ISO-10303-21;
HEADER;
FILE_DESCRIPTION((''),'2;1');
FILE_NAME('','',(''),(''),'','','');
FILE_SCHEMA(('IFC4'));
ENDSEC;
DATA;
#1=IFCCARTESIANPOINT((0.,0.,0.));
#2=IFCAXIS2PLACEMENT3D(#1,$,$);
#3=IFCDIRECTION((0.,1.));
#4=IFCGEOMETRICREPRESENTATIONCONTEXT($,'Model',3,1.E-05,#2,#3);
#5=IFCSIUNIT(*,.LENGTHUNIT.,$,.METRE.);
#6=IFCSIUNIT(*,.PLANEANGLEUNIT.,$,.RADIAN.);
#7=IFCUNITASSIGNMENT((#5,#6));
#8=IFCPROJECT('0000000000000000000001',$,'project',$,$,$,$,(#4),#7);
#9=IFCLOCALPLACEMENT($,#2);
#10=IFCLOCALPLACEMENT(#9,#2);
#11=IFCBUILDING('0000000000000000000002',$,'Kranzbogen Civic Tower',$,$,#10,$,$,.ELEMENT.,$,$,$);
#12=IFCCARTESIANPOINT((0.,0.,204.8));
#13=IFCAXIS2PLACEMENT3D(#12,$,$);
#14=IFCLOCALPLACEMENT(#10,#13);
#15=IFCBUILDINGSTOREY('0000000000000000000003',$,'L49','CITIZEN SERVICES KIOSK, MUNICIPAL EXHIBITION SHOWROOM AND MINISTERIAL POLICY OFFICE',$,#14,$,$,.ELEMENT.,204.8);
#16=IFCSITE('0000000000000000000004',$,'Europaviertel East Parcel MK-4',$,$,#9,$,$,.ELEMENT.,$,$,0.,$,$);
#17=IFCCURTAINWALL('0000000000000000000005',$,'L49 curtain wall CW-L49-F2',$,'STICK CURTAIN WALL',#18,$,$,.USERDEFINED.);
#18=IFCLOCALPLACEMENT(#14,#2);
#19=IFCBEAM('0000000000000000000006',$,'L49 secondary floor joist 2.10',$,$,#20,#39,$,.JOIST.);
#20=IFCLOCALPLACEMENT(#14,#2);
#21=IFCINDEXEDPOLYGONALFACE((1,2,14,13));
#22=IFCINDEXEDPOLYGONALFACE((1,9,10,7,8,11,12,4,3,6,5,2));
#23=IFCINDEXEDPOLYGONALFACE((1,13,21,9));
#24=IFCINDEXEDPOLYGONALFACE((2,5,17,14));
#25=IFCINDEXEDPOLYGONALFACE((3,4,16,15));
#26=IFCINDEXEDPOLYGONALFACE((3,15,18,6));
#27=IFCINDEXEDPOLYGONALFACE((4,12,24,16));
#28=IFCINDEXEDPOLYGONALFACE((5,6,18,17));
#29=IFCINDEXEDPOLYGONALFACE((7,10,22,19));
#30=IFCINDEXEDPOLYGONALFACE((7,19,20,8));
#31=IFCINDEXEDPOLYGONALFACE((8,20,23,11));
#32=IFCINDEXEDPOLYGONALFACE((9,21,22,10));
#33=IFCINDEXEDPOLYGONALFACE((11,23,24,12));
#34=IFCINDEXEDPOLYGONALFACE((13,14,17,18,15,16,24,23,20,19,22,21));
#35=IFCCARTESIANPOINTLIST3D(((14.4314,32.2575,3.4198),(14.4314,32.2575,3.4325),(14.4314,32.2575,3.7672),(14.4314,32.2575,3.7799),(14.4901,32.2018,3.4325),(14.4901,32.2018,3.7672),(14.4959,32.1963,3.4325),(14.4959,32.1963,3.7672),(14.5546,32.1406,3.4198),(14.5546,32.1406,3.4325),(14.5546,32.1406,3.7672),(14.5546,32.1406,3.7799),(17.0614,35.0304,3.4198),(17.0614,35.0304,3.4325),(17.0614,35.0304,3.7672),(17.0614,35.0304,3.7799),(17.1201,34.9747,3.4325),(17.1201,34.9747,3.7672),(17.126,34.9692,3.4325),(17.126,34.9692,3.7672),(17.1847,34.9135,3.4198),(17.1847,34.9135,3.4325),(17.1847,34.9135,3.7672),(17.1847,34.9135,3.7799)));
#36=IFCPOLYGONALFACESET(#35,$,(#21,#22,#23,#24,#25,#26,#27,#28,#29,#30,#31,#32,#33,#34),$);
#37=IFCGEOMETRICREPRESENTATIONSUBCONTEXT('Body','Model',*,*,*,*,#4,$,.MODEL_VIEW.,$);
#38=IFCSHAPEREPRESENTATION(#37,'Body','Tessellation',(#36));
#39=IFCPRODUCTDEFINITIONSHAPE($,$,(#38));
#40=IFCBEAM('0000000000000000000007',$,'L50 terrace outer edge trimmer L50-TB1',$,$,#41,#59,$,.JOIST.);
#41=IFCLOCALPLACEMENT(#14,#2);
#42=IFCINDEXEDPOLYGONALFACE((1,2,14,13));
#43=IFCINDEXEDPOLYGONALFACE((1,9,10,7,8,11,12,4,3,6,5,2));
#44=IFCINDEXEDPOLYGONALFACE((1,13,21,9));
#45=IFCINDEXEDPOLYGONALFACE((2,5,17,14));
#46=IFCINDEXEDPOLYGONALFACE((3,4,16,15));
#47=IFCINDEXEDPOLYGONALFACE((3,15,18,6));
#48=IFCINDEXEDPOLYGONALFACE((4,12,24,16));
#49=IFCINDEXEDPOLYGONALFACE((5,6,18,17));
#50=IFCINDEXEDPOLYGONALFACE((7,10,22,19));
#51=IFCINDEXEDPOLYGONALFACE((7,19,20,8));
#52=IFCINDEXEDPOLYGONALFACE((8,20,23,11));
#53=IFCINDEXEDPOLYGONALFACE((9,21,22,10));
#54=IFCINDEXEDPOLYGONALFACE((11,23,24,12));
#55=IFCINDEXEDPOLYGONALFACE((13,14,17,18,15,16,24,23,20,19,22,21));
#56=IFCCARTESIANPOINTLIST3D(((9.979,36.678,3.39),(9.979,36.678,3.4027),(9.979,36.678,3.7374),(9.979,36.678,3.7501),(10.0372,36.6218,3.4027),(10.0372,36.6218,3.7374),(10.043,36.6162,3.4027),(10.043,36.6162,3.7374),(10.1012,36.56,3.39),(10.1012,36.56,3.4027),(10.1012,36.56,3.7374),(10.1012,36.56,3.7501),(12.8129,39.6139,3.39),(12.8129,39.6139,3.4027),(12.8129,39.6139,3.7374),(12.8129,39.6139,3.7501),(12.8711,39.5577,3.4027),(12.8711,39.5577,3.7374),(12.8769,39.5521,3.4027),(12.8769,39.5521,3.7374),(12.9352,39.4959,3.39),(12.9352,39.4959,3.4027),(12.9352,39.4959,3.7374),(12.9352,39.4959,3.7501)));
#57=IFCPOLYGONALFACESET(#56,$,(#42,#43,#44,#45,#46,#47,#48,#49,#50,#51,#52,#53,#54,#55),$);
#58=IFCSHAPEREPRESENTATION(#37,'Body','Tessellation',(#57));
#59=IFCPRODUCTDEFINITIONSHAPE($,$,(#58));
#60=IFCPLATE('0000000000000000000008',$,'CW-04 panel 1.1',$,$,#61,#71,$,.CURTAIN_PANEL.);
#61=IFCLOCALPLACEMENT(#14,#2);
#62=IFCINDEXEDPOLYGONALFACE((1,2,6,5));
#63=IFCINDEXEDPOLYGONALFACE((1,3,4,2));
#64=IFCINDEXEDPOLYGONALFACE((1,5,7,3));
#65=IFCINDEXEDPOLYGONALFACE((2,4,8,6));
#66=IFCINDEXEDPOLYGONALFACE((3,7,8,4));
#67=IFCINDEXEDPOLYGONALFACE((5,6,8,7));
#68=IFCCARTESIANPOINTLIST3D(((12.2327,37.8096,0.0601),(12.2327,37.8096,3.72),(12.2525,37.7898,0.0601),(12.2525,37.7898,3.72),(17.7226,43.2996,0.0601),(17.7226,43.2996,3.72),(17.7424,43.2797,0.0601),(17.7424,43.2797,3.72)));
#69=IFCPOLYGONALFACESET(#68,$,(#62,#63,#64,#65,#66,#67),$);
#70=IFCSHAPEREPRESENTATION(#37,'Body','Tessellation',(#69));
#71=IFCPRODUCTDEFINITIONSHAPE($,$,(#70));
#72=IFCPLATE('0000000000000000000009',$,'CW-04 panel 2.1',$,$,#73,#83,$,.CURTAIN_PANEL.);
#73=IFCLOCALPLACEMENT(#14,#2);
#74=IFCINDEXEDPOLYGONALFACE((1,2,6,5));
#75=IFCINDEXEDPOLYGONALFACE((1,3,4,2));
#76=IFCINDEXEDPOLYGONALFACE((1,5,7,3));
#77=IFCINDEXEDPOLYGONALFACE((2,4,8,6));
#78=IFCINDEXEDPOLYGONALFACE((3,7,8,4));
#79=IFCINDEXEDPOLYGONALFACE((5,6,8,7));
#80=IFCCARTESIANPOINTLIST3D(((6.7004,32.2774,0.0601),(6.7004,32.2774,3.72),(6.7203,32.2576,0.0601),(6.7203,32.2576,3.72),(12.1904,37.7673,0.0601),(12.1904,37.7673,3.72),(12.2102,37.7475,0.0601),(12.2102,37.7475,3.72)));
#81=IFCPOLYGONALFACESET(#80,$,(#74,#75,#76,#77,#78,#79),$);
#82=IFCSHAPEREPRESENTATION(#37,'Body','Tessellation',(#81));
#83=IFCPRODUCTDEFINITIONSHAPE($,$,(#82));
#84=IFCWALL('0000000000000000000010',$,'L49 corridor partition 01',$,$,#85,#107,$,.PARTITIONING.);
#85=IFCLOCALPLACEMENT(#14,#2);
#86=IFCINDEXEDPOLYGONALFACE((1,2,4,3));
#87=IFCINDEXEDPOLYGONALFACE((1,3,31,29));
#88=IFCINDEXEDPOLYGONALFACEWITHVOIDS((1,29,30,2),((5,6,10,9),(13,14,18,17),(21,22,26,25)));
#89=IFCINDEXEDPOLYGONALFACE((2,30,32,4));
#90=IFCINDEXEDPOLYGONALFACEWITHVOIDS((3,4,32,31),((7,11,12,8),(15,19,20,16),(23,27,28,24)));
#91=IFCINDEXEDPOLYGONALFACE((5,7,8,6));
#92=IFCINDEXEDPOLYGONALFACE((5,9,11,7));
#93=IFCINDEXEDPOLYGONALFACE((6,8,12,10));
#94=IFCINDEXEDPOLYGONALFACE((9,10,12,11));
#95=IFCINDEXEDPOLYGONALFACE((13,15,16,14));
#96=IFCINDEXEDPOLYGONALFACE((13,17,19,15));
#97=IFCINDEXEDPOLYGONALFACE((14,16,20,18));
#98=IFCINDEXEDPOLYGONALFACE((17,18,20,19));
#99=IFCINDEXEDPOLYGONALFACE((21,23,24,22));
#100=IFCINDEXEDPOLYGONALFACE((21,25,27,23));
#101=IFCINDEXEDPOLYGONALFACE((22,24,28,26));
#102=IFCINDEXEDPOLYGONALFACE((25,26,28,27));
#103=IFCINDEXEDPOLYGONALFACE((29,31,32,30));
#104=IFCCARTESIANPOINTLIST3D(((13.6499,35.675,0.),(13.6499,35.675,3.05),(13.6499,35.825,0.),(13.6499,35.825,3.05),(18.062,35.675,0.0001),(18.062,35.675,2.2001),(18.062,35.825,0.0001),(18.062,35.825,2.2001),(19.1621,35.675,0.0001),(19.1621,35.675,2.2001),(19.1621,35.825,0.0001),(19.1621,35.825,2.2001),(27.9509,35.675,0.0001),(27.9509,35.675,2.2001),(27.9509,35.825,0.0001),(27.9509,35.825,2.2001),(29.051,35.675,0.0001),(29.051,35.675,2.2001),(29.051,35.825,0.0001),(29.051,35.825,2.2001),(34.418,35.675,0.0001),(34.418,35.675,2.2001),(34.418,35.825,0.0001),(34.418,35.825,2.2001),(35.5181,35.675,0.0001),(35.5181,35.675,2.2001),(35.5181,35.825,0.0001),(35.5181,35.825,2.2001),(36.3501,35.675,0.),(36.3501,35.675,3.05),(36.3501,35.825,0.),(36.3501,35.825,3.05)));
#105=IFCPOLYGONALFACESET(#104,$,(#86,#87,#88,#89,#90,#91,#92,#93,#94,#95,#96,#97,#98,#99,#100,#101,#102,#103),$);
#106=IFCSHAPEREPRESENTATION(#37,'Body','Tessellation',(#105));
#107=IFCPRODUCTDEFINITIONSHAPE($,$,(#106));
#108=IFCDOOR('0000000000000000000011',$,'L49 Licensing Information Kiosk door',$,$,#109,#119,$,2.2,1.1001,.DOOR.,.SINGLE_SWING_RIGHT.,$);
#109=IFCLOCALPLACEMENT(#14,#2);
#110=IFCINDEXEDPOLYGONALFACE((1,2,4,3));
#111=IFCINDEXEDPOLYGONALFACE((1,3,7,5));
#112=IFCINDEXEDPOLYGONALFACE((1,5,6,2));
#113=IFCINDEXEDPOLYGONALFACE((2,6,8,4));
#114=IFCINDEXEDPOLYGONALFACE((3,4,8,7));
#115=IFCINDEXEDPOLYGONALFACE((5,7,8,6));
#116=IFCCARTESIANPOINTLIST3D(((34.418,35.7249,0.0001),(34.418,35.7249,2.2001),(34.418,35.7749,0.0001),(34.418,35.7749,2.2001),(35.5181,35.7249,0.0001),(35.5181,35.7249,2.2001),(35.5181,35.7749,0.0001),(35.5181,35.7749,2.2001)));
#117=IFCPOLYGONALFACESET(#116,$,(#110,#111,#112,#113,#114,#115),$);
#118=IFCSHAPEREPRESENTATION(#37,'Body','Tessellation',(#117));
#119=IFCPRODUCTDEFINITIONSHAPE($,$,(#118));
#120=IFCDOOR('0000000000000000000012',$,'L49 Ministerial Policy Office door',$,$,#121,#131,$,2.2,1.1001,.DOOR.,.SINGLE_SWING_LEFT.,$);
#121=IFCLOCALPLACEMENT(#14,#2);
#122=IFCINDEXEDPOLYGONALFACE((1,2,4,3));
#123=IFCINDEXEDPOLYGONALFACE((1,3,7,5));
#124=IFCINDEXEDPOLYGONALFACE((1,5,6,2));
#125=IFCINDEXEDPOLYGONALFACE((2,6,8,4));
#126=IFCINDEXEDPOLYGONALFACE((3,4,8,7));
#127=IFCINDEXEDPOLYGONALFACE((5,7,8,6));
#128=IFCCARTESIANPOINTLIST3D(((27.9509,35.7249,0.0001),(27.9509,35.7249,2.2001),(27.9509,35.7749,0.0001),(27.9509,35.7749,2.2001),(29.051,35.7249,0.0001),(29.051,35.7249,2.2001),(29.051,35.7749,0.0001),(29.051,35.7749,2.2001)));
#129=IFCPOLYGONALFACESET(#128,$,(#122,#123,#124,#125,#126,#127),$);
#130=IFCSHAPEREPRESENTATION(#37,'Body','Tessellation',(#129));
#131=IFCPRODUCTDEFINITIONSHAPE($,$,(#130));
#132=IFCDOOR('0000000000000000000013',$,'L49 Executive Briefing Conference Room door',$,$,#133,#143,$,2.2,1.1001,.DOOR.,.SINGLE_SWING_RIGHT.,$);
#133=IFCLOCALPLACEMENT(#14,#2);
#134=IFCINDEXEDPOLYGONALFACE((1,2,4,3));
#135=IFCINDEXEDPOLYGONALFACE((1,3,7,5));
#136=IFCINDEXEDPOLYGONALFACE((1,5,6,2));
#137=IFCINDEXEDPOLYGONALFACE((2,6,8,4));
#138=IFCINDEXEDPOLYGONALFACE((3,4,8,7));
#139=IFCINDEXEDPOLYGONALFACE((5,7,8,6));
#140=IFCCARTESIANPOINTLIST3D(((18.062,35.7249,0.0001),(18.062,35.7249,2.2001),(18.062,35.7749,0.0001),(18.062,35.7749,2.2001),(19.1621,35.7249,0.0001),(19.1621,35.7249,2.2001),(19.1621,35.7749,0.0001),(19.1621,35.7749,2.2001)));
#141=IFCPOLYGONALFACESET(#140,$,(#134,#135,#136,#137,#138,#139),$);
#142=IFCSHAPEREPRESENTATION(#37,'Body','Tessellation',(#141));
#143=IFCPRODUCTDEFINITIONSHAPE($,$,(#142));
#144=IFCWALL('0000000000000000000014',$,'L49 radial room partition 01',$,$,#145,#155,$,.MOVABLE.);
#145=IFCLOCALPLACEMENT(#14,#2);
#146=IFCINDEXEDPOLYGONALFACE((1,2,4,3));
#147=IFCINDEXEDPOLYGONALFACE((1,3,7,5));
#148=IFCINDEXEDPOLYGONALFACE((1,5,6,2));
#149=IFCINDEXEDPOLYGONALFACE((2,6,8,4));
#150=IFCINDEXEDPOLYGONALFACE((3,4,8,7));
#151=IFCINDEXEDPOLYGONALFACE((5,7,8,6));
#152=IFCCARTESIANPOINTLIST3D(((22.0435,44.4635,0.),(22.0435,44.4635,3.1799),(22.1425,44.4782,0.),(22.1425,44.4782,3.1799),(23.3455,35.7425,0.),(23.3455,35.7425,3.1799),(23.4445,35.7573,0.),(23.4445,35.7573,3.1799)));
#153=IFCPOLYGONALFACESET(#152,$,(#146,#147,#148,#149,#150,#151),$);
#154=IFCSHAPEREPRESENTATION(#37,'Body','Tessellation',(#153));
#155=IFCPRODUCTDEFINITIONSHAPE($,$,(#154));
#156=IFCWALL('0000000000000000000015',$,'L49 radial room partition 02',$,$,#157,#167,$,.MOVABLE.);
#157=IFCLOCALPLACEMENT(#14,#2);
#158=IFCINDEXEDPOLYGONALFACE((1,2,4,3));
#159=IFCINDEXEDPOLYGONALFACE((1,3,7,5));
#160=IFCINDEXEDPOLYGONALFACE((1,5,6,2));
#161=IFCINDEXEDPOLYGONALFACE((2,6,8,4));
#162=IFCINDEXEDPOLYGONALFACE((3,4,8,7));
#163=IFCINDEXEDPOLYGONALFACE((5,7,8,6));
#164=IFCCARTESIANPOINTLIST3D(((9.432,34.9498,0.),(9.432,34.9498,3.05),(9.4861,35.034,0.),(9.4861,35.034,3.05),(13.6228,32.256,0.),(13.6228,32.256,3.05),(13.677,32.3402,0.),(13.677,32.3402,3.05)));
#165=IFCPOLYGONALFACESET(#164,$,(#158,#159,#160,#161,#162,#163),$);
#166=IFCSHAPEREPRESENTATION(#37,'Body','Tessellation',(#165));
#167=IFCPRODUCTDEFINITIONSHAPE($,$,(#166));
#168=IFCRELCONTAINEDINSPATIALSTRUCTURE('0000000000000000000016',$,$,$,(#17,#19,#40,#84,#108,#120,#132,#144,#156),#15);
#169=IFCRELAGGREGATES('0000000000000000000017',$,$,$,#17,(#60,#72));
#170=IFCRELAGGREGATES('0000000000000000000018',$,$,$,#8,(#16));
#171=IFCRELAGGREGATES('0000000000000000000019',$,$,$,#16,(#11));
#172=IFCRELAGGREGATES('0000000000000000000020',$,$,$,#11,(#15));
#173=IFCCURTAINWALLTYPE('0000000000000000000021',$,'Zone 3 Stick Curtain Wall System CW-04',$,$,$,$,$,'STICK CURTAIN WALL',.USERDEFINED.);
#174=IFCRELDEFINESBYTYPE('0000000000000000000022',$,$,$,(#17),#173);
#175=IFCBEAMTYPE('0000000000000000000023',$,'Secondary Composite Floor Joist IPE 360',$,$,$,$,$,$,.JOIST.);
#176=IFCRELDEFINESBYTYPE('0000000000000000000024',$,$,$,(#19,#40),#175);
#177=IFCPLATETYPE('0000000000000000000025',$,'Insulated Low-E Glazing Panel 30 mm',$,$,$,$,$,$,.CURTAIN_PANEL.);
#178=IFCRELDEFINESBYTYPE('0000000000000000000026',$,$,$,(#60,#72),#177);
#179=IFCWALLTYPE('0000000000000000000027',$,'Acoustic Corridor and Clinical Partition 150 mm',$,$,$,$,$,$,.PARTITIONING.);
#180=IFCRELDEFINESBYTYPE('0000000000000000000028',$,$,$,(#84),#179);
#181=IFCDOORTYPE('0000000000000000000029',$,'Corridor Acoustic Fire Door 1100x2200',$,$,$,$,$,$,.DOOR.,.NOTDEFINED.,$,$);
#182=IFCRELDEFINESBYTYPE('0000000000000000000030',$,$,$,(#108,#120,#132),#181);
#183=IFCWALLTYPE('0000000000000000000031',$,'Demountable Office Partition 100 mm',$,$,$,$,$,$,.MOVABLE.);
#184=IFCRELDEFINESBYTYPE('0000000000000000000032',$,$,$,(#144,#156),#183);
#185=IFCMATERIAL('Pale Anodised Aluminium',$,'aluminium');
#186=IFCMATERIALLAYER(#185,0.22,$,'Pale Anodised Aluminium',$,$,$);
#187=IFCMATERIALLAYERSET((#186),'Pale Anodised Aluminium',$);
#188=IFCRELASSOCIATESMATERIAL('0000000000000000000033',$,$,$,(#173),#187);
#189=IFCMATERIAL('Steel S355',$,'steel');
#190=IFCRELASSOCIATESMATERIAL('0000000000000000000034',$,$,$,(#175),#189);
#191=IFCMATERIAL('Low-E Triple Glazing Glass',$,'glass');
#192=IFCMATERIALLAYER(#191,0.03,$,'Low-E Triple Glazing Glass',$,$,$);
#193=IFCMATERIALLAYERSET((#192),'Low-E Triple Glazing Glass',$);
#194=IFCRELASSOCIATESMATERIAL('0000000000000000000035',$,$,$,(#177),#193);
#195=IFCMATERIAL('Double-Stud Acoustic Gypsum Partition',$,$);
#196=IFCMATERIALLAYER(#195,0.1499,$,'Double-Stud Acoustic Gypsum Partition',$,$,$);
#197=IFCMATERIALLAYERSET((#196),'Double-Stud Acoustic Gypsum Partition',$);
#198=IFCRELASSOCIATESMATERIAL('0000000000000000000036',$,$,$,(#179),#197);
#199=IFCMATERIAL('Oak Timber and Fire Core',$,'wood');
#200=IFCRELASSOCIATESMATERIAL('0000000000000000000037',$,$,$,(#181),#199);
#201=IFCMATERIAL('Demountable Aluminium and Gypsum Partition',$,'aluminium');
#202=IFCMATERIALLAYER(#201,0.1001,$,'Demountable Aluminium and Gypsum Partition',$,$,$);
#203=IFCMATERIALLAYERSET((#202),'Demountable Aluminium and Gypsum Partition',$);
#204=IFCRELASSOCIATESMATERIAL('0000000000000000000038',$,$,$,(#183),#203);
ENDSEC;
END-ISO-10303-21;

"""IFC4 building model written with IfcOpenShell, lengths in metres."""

from ifc_helpers import new_model, si_unit, direction, frame, frame_2d, origin, origin_2d, place, context, subcontext, project, spatial, rectangle, i_section, extrude, material, layer, layer_set, material_profile, profile_set, type_object, element, fill, aggregate, save


model = new_model("IFC4")

# Units and contexts
model_context = context("Model", 3, precision=1e-05, world=origin(), true_north=direction((0.0, 1.0)))
body_context = subcontext(model_context, "Body", "Model", "MODEL_VIEW")
ifc_project = project(units=[si_unit("LENGTHUNIT", "METRE"), si_unit("PLANEANGLEUNIT", "RADIAN")], contexts=[model_context])

# Site, building, storey
site_placement = place(None, origin())
site = spatial("IfcSite", under=ifc_project, at=site_placement, Name="Europaviertel East Parcel MK-4", CompositionType="ELEMENT", RefElevation=0.0)
building_placement = place(site_placement, origin())
building = spatial("IfcBuilding", under=site, at=building_placement, Name="Kranzbogen Civic Tower", CompositionType="ELEMENT")
storey_placement = place(building_placement, frame((0.0, 0.0, 204.8)))
storey = spatial("IfcBuildingStorey", under=building, at=storey_placement, Name="L49", Description="CITIZEN SERVICES KIOSK, MUNICIPAL EXHIBITION SHOWROOM AND MINISTERIAL POLICY OFFICE", CompositionType="ELEMENT", Elevation=204.8)

# Shared definitions
ifc_material_1 = material(Name="Steel S355", Category="steel")

# Shared definitions
ifc_material_2 = material(Name="Pale Anodised Aluminium", Category="aluminium")
ifc_layer_1 = layer(ifc_material_2, 0.22, Name="Pale Anodised Aluminium")
ifc_layer_set_1 = layer_set([ifc_layer_1], Name="Pale Anodised Aluminium")
curtain_wall_type = type_object("IfcCurtainWallType", Name="Zone 3 Stick Curtain Wall System CW-04", ElementType="STICK CURTAIN WALL", PredefinedType="USERDEFINED", material=ifc_layer_set_1)

# Curtain wall
curtain_wall_1_placement = place(storey_placement, origin())
curtain_wall_1 = element("IfcCurtainWall", 1, at=curtain_wall_1_placement, inside=storey, type_object=curtain_wall_type, Name="L49 curtain wall CW-L49-F2", ObjectType="STICK CURTAIN WALL", PredefinedType="USERDEFINED")

# Beams
ifc_material_profile_1 = material_profile(ifc_material_1, i_section(OverallWidth=0.1699, OverallDepth=0.3601, WebThickness=0.0081, FlangeThickness=0.0127, at=origin_2d()), Name="IPE 360")
ifc_profile_set_1 = profile_set([ifc_material_profile_1], Name="Steel S355")
beam_type_1 = type_object("IfcBeamType", Name="Secondary Composite Floor Joist IPE 360", PredefinedType="JOIST", material=ifc_profile_set_1)
beam_1_placement = place(storey_placement, frame((17.123, 34.9719, 3.5999), z_axis=(-0.688175, -0.725545, 0.0), x_axis=(0.725545, -0.688175, 0.0)))
element("IfcBeam", 2, at=beam_1_placement, inside=storey, type_object=beam_type_1, Name="L49 secondary floor joist 2.10", PredefinedType="JOIST", context=body_context, shape_type="SweptSolid", body=[
    extrude(i_section(OverallWidth=0.1699, OverallDepth=0.3601, WebThickness=0.0081, FlangeThickness=0.0127, at=origin_2d()), origin(), (0.0, 0.0, 1.0), 3.8218),
])
beam_2_placement = place(storey_placement, frame((12.874, 39.5549, 3.5701), z_axis=(-0.694492, -0.7195, 0.0), x_axis=(0.7195, -0.694492, 0.0)))
element("IfcBeam", 3, at=beam_2_placement, inside=storey, type_object=beam_type_1, Name="L50 terrace outer edge trimmer L50-TB1", PredefinedType="JOIST", context=body_context, shape_type="SweptSolid", body=[
    extrude(i_section(OverallWidth=0.1699, OverallDepth=0.3601, WebThickness=0.0081, FlangeThickness=0.0127, at=origin_2d()), origin(), (0.0, 0.0, 1.0), 4.0806),
])

# Plates
ifc_material_3 = material(Name="Low-E Triple Glazing Glass", Category="glass")
ifc_layer_2 = layer(ifc_material_3, 0.03, Name="Low-E Triple Glazing Glass")
ifc_layer_set_2 = layer_set([ifc_layer_2], Name="Low-E Triple Glazing Glass")
plate_type = type_object("IfcPlateType", Name="Insulated Low-E Glazing Panel 30 mm", PredefinedType="CURTAIN_PANEL", material=ifc_layer_set_2)
plate_1_placement = place(storey_placement, frame((14.9875, 40.5447, 0.0601), z_axis=(0.0, 0.0, 1.0), x_axis=(-0.707107, -0.707107, 0.0)))
plate_1 = element("IfcPlate", 4, at=plate_1_placement, type_object=plate_type, Name="CW-04 panel 1.1", PredefinedType="CURTAIN_PANEL", context=body_context, shape_type="SweptSolid", body=[
    extrude(rectangle(XDim=7.7639, YDim=0.0281, at=origin_2d()), origin(), (0.0, 0.0, 1.0), 3.6599),
])
plate_2_placement = place(storey_placement, frame((9.4553, 35.0125, 0.0601), z_axis=(0.0, 0.0, 1.0), x_axis=(-0.707107, -0.707107, 0.0)))
plate_2 = element("IfcPlate", 5, at=plate_2_placement, type_object=plate_type, Name="CW-04 panel 2.1", PredefinedType="CURTAIN_PANEL", context=body_context, shape_type="SweptSolid", body=[
    extrude(rectangle(XDim=7.7639, YDim=0.0281, at=origin_2d()), origin(), (0.0, 0.0, 1.0), 3.6599),
])
aggregate(curtain_wall_1, [plate_1, plate_2])

# Wall, openings, doors
ifc_material_4 = material(Name="Double-Stud Acoustic Gypsum Partition")
ifc_layer_3 = layer(ifc_material_4, 0.1499, Name="Double-Stud Acoustic Gypsum Partition")
ifc_layer_set_3 = layer_set([ifc_layer_3], Name="Double-Stud Acoustic Gypsum Partition")
wall_type_1 = type_object("IfcWallType", Name="Acoustic Corridor and Clinical Partition 150 mm", PredefinedType="PARTITIONING", material=ifc_layer_set_3)
wall_1_placement = place(storey_placement, frame((13.6499, 35.75, 0.0), z_axis=(0.0, 0.0, 1.0), x_axis=(1.0, 0.0, 0.0)))
wall_1 = element("IfcWall", 6, at=wall_1_placement, inside=storey, type_object=wall_type_1, Name="L49 corridor partition 01", PredefinedType="PARTITIONING", context=body_context, shape_type="SweptSolid", body=[
    extrude(rectangle(XDim=22.7002, YDim=0.1499, at=frame_2d((11.3501, 0.0))), origin(), (0.0, 0.0, 1.0), 3.05),
])
opening_1_placement = place(wall_1_placement, frame((20.7681, 0.0, 0.0)))
opening_1 = element("IfcOpeningElement", 7, at=opening_1_placement, cuts=wall_1, PredefinedType="OPENING", context=body_context, shape_type="SweptSolid", body=[
    extrude(rectangle(XDim=1.1001, YDim=2.2, at=frame_2d((0.55, 1.1001))), frame((0.0, 0.085, 0.0), z_axis=(0.0, -1.0, 0.0), x_axis=(1.0, 0.0, 0.0)), (0.0, 0.0, 1.0), 0.1699),
])
opening_2_placement = place(wall_1_placement, frame((14.301, 0.0, 0.0)))
opening_2 = element("IfcOpeningElement", 8, at=opening_2_placement, cuts=wall_1, PredefinedType="OPENING", context=body_context, shape_type="SweptSolid", body=[
    extrude(rectangle(XDim=1.1001, YDim=2.2, at=frame_2d((0.55, 1.1001))), frame((0.0, 0.085, 0.0), z_axis=(0.0, -1.0, 0.0), x_axis=(1.0, 0.0, 0.0)), (0.0, 0.0, 1.0), 0.1699),
])
opening_3_placement = place(wall_1_placement, frame((4.4121, 0.0, 0.0)))
opening_3 = element("IfcOpeningElement", 9, at=opening_3_placement, cuts=wall_1, PredefinedType="OPENING", context=body_context, shape_type="SweptSolid", body=[
    extrude(rectangle(XDim=1.1001, YDim=2.2, at=frame_2d((0.55, 1.1001))), frame((0.0, 0.085, 0.0), z_axis=(0.0, -1.0, 0.0), x_axis=(1.0, 0.0, 0.0)), (0.0, 0.0, 1.0), 0.1699),
])
ifc_material_5 = material(Name="Oak Timber and Fire Core", Category="wood")
door_type_1 = type_object("IfcDoorType", Name="Corridor Acoustic Fire Door 1100x2200", OperationType="NOTDEFINED", PredefinedType="DOOR", material=ifc_material_5)
door_1_placement = place(opening_1_placement, origin())
door_1 = element("IfcDoor", 10, at=door_1_placement, inside=storey, type_object=door_type_1, Name="L49 Licensing Information Kiosk door", OperationType="SINGLE_SWING_RIGHT", OverallHeight=2.2, OverallWidth=1.1001, PredefinedType="DOOR", context=body_context, shape_type="SweptSolid", body=[
    extrude(rectangle(XDim=1.1001, YDim=2.2, at=frame_2d((0.55, 1.1001))), frame((0.0, 0.0249, 0.0), z_axis=(0.0, -1.0, 0.0), x_axis=(1.0, 0.0, 0.0)), (0.0, 0.0, 1.0), 0.05),
])
fill(opening_1, door_1)
door_2_placement = place(opening_2_placement, origin())
door_2 = element("IfcDoor", 11, at=door_2_placement, inside=storey, type_object=door_type_1, Name="L49 Ministerial Policy Office door", OperationType="SINGLE_SWING_LEFT", OverallHeight=2.2, OverallWidth=1.1001, PredefinedType="DOOR", context=body_context, shape_type="SweptSolid", body=[
    extrude(rectangle(XDim=1.1001, YDim=2.2, at=frame_2d((0.55, 1.1001))), frame((0.0, 0.0249, 0.0), z_axis=(0.0, -1.0, 0.0), x_axis=(1.0, 0.0, 0.0)), (0.0, 0.0, 1.0), 0.05),
])
fill(opening_2, door_2)
door_3_placement = place(opening_3_placement, origin())
door_3 = element("IfcDoor", 12, at=door_3_placement, inside=storey, type_object=door_type_1, Name="L49 Executive Briefing Conference Room door", OperationType="SINGLE_SWING_RIGHT", OverallHeight=2.2, OverallWidth=1.1001, PredefinedType="DOOR", context=body_context, shape_type="SweptSolid", body=[
    extrude(rectangle(XDim=1.1001, YDim=2.2, at=frame_2d((0.55, 1.1001))), frame((0.0, 0.0249, 0.0), z_axis=(0.0, -1.0, 0.0), x_axis=(1.0, 0.0, 0.0)), (0.0, 0.0, 1.0), 0.05),
])
fill(opening_3, door_3)

# Walls
ifc_material_6 = material(Name="Demountable Aluminium and Gypsum Partition", Category="aluminium")
ifc_layer_4 = layer(ifc_material_6, 0.1001, Name="Demountable Aluminium and Gypsum Partition")
ifc_layer_set_4 = layer_set([ifc_layer_4], Name="Demountable Aluminium and Gypsum Partition")
wall_type_2 = type_object("IfcWallType", Name="Demountable Office Partition 100 mm", PredefinedType="MOVABLE", material=ifc_layer_set_4)
wall_2_placement = place(storey_placement, frame((23.395, 35.75, 0.0), z_axis=(0.0, 0.0, 1.0), x_axis=(-0.147659, 0.989038, 0.0)))
element("IfcWall", 13, at=wall_2_placement, inside=storey, type_object=wall_type_2, Name="L49 radial room partition 01", PredefinedType="MOVABLE", context=body_context, shape_type="SweptSolid", body=[
    extrude(rectangle(XDim=8.8176, YDim=0.1001, at=frame_2d((4.4087, 0.0))), origin(), (0.0, 0.0, 1.0), 3.1799),
])
wall_3_placement = place(storey_placement, frame((13.6499, 32.2981, 0.0), z_axis=(0.0, 0.0, 1.0), x_axis=(-0.841207, 0.540713, 0.0)))
element("IfcWall", 14, at=wall_3_placement, inside=storey, type_object=wall_type_2, Name="L49 radial room partition 02", PredefinedType="MOVABLE", context=body_context, shape_type="SweptSolid", body=[
    extrude(rectangle(XDim=4.9819, YDim=0.1001, at=frame_2d((2.491, 0.0))), origin(), (0.0, 0.0, 1.0), 3.05),
])

save(model, "model.ifc")
